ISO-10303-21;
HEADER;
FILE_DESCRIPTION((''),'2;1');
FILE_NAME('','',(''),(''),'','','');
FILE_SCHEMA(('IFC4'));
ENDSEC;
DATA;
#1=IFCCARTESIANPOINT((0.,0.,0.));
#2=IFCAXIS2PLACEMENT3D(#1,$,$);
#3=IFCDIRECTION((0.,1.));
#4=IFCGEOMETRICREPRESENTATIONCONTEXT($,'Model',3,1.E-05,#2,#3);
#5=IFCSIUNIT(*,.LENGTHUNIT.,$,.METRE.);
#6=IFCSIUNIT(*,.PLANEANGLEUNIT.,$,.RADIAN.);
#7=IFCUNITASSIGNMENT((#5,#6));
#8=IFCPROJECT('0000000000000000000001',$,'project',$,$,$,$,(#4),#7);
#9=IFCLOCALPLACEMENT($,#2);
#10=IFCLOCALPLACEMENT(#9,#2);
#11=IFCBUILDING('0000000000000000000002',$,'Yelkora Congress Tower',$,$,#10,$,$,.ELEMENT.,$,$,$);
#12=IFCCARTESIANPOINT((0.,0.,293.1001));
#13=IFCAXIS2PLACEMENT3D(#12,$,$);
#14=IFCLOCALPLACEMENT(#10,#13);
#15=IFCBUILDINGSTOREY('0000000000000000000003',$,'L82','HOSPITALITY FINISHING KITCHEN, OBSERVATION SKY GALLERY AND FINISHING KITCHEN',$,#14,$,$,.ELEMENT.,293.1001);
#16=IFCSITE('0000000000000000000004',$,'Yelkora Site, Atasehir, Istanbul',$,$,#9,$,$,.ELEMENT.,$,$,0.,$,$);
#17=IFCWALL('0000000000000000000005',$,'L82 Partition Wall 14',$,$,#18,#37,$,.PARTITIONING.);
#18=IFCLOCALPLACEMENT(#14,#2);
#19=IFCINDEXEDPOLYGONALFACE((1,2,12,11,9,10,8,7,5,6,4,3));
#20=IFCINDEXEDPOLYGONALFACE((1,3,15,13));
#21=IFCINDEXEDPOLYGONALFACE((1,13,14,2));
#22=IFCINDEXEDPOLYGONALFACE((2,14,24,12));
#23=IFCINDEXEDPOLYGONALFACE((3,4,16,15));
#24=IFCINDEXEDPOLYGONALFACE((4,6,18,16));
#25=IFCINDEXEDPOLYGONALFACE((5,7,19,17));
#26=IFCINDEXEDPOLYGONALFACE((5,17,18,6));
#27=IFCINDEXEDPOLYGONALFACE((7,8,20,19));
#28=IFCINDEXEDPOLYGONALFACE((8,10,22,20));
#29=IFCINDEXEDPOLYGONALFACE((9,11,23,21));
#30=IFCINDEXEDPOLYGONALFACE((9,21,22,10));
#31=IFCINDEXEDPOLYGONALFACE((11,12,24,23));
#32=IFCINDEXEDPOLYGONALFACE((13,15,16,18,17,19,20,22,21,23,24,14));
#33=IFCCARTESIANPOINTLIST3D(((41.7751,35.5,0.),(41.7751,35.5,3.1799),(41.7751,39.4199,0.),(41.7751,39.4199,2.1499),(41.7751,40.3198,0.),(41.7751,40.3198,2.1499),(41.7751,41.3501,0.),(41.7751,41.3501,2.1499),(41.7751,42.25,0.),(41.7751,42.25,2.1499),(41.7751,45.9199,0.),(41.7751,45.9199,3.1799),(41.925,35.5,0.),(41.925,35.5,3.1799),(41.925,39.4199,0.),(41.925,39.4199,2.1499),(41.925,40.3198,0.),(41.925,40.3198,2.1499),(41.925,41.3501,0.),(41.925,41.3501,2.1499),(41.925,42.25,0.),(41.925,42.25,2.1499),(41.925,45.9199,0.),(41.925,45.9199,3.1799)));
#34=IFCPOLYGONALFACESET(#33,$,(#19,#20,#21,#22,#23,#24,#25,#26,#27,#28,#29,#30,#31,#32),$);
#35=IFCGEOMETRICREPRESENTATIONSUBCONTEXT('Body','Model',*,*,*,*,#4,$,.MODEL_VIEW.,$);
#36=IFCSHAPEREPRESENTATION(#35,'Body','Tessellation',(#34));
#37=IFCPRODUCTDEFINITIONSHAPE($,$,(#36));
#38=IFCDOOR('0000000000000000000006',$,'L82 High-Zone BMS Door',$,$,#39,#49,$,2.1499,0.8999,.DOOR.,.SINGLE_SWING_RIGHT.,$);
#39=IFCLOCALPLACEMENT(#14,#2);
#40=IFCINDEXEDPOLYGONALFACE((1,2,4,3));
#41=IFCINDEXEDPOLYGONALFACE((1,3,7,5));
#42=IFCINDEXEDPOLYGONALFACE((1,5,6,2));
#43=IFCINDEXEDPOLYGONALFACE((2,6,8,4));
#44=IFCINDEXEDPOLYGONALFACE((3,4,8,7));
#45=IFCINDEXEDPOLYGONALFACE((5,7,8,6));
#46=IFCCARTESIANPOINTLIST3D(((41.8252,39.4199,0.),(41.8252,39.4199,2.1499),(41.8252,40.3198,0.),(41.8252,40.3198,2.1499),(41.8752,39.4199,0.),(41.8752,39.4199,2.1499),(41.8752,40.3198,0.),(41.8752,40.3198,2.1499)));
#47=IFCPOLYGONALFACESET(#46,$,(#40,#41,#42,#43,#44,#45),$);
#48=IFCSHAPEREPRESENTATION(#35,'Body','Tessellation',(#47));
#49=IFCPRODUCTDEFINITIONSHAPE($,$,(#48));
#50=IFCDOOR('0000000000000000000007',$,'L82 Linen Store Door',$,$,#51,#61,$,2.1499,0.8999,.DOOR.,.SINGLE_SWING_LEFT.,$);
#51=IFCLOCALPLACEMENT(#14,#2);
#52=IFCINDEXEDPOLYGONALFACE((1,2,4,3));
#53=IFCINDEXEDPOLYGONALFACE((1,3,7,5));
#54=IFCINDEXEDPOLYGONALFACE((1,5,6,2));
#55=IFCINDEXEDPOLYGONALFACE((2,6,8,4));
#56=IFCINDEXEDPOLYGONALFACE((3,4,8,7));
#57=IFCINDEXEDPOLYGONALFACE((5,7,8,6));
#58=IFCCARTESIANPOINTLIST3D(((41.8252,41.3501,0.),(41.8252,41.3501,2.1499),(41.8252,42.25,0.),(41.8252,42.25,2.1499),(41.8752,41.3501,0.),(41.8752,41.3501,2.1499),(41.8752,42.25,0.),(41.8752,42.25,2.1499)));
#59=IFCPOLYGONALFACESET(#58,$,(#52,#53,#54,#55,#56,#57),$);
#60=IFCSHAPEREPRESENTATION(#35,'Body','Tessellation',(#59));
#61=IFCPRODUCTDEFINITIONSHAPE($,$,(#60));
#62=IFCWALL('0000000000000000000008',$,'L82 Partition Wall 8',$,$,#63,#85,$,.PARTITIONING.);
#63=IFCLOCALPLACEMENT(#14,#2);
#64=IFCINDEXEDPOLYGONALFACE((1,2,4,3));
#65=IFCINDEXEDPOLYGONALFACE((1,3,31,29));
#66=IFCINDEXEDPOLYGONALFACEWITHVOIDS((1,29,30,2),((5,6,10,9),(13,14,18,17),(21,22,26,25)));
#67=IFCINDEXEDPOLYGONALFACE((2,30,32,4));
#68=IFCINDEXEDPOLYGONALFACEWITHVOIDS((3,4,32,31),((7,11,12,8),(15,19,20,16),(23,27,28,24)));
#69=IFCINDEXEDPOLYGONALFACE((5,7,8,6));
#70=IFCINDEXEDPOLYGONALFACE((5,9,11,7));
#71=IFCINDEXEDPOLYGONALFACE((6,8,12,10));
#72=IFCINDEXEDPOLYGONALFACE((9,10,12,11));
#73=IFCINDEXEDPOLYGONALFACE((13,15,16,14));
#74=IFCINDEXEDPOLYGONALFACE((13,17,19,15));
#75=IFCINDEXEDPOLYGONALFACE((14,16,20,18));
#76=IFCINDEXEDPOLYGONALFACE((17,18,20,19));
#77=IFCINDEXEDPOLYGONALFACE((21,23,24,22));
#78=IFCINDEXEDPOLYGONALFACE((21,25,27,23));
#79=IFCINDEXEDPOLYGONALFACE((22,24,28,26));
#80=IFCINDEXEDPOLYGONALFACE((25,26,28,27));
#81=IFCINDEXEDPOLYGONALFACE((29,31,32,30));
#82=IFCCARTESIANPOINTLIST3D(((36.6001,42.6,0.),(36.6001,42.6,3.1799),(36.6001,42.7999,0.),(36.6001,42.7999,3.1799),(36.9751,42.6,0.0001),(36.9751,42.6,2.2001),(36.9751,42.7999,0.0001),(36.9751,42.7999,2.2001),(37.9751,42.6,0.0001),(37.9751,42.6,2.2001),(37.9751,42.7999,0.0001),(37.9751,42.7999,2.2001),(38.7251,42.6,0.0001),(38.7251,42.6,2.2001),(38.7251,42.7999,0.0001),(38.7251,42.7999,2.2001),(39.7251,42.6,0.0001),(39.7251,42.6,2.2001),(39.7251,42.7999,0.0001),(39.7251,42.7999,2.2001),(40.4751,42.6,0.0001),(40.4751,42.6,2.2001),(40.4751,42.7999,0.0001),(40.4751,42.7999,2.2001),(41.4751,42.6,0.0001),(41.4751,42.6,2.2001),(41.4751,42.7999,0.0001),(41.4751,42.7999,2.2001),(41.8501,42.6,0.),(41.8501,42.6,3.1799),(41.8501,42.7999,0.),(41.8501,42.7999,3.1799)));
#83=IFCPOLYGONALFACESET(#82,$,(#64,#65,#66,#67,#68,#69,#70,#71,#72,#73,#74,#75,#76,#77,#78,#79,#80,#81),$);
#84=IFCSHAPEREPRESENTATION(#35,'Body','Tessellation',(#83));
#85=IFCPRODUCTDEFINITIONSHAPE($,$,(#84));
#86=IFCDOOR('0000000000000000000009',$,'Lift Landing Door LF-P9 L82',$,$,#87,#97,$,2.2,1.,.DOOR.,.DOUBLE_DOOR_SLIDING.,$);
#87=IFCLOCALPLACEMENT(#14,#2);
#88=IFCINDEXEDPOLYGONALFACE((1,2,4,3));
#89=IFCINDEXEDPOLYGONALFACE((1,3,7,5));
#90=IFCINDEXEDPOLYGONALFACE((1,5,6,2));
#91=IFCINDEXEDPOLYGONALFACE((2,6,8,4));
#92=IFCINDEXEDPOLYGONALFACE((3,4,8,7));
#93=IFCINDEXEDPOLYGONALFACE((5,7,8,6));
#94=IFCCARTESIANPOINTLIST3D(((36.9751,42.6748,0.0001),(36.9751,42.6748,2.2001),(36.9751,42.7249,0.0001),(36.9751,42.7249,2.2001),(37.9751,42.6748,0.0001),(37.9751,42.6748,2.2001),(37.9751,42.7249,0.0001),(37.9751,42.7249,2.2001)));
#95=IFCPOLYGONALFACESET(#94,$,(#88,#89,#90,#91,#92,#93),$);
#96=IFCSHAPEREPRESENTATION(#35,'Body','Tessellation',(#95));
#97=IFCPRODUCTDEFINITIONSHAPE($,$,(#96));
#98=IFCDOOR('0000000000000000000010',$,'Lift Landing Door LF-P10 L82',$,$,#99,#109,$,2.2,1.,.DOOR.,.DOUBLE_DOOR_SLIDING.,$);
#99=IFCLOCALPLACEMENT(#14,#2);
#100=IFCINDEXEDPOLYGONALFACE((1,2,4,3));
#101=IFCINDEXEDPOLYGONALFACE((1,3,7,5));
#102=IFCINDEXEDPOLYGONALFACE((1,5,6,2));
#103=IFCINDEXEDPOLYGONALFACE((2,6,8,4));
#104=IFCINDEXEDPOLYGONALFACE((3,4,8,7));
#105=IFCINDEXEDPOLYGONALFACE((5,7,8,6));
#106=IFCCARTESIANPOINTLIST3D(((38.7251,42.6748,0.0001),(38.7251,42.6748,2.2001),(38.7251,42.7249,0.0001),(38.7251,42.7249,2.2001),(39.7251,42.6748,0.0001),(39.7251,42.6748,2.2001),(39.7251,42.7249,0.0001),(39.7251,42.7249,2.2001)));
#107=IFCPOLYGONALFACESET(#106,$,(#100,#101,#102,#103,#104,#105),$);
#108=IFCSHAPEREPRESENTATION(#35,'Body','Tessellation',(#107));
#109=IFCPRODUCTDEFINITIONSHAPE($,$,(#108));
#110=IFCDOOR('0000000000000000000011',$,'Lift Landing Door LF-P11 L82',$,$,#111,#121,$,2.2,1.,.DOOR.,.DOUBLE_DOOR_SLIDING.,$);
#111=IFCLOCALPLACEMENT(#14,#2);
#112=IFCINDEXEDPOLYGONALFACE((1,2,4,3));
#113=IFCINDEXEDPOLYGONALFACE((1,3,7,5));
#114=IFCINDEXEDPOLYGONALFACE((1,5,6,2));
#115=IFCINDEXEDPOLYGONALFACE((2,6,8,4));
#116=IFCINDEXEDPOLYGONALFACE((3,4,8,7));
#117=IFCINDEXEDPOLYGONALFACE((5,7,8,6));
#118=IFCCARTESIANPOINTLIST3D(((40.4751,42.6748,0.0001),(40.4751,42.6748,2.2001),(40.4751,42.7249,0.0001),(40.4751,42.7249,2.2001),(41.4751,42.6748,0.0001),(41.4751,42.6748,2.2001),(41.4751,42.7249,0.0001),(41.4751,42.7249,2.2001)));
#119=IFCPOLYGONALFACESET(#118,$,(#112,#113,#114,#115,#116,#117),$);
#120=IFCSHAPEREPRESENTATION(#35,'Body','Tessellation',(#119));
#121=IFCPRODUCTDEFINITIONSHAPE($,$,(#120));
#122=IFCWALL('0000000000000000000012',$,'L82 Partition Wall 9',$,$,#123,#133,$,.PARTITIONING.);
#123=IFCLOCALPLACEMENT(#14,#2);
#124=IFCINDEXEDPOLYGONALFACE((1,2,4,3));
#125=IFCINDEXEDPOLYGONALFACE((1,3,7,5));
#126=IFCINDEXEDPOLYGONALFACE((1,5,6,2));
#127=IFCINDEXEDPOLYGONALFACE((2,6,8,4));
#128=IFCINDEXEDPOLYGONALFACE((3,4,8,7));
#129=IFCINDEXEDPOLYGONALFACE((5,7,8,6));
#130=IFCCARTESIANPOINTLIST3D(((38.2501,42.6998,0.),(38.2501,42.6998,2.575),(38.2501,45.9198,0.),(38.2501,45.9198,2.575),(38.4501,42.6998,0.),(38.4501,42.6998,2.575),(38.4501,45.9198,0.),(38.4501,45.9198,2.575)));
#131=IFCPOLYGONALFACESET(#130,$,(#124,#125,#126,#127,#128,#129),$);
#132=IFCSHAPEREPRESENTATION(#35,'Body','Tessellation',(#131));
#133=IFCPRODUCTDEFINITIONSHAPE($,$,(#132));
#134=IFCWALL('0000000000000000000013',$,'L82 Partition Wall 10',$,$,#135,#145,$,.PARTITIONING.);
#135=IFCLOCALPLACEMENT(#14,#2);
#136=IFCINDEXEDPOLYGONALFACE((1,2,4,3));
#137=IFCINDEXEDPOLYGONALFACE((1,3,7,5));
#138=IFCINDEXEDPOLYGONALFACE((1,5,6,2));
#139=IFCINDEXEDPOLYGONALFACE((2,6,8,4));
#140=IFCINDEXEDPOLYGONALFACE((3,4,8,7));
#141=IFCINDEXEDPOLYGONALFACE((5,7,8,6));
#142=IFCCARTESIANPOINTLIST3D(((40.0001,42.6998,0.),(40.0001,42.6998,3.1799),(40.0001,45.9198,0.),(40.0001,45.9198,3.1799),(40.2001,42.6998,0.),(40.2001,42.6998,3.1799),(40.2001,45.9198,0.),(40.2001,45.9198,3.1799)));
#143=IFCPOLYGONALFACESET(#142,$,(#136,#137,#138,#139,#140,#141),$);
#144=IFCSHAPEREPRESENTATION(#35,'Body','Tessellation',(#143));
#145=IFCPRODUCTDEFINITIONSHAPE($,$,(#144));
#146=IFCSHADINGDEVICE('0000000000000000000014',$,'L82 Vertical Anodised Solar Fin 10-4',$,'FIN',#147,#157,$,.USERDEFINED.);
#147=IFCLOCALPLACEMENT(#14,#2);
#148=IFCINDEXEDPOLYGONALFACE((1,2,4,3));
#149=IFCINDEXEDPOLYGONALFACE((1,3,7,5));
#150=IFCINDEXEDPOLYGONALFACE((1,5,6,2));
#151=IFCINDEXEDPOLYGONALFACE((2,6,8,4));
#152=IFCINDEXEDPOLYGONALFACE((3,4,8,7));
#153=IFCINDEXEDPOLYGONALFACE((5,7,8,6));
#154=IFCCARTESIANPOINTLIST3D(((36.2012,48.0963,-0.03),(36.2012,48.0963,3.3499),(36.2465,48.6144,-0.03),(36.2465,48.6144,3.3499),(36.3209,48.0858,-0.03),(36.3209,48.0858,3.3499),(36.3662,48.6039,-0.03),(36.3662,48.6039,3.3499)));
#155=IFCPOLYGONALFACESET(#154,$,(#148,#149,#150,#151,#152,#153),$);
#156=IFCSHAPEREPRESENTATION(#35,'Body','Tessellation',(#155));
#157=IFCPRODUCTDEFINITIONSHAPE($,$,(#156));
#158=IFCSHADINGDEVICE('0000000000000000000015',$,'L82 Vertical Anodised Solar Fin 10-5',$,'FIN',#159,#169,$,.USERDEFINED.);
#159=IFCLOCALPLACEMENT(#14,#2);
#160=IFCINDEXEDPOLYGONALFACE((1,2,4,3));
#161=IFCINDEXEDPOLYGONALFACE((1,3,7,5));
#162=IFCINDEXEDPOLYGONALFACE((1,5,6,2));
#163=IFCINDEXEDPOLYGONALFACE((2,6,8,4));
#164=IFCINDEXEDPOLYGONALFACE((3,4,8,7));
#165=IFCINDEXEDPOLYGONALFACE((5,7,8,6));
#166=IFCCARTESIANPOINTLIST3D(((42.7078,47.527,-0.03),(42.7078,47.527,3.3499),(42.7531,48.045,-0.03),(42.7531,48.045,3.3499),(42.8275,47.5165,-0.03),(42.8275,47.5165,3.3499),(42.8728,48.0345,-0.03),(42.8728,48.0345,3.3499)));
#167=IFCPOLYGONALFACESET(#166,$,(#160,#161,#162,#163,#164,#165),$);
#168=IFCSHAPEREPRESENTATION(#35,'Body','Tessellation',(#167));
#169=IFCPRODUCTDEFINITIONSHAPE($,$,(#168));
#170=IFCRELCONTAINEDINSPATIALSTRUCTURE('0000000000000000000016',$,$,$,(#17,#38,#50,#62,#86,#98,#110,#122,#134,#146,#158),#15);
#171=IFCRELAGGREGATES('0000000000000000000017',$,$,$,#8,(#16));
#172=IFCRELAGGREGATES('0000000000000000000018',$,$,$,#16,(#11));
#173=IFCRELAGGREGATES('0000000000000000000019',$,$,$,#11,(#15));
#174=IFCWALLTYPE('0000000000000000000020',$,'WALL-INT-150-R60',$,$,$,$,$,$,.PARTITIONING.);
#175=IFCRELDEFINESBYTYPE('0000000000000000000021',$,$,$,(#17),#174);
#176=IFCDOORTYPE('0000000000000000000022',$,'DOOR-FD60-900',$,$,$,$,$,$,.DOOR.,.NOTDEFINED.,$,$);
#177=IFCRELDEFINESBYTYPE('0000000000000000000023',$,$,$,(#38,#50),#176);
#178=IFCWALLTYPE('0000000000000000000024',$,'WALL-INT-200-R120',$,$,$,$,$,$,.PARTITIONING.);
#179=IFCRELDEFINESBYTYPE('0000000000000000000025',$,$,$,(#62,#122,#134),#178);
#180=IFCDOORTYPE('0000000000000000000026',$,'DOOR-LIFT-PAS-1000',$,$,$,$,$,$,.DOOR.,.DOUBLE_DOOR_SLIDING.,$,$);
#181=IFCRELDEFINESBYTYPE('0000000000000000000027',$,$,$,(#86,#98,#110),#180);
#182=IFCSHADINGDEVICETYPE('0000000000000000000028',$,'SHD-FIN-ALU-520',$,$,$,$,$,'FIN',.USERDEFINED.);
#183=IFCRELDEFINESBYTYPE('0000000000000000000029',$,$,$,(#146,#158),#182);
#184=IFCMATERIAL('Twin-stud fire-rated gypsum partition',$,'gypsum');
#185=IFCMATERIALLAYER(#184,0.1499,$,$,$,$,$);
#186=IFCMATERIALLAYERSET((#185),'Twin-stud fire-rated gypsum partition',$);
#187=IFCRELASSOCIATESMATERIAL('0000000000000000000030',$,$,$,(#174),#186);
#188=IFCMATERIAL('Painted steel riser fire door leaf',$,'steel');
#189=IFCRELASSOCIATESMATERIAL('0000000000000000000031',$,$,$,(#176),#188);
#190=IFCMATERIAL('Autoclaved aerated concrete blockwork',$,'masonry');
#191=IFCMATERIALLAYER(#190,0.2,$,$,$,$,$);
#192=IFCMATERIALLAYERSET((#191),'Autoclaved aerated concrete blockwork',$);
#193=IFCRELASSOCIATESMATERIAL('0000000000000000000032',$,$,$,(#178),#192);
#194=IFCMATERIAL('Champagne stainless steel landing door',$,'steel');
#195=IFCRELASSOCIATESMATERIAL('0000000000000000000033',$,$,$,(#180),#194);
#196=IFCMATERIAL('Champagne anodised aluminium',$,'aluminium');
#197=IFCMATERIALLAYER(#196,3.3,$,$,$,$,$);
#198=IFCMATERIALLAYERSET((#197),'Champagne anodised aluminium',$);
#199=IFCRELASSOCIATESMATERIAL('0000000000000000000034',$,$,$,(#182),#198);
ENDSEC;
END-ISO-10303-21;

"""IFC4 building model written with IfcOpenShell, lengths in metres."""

from ifc_helpers import new_model, si_unit, direction, frame, frame_2d, origin, origin_2d, place, context, subcontext, project, spatial, rectangle, extrude, material, layer, layer_set, type_object, element, fill, save


model = new_model("IFC4")

# Units and contexts
model_context = context("Model", 3, precision=1e-05, world=origin(), true_north=direction((0.0, 1.0)))
body_context = subcontext(model_context, "Body", "Model", "MODEL_VIEW")
ifc_project = project(units=[si_unit("LENGTHUNIT", "METRE"), si_unit("PLANEANGLEUNIT", "RADIAN")], contexts=[model_context])

# Site, building, storey
site_placement = place(None, origin())
site = spatial("IfcSite", under=ifc_project, at=site_placement, Name="Yelkora Site, Atasehir, Istanbul", CompositionType="ELEMENT", RefElevation=0.0)
building_placement = place(site_placement, origin())
building = spatial("IfcBuilding", under=site, at=building_placement, Name="Yelkora Congress Tower", CompositionType="ELEMENT")
storey_placement = place(building_placement, frame((0.0, 0.0, 293.1001)))
storey = spatial("IfcBuildingStorey", under=building, at=storey_placement, Name="L82", Description="HOSPITALITY FINISHING KITCHEN, OBSERVATION SKY GALLERY AND FINISHING KITCHEN", CompositionType="ELEMENT", Elevation=293.1001)

# Shared definitions
ifc_material_1 = material(Name="Twin-stud fire-rated gypsum partition", Category="gypsum")
ifc_layer_1 = layer(ifc_material_1, 0.1499)
ifc_layer_set_1 = layer_set([ifc_layer_1], Name="Twin-stud fire-rated gypsum partition")
wall_type_1 = type_object("IfcWallType", Name="WALL-INT-150-R60", PredefinedType="PARTITIONING", material=ifc_layer_set_1)

# Shared definitions
ifc_material_2 = material(Name="Painted steel riser fire door leaf", Category="steel")
door_type_1 = type_object("IfcDoorType", Name="DOOR-FD60-900", OperationType="NOTDEFINED", PredefinedType="DOOR", material=ifc_material_2)

# Walls, openings, doors
wall_1_placement = place(storey_placement, frame((41.8501, 35.5, 0.0), z_axis=(0.0, 0.0, 1.0), x_axis=(0.0, 1.0, 0.0)))
wall_1 = element("IfcWall", 1, at=wall_1_placement, inside=storey, type_object=wall_type_1, Name="L82 Partition Wall 14", PredefinedType="PARTITIONING", context=body_context, shape_type="SweptSolid", body=[
    extrude(rectangle(XDim=10.4199, YDim=0.1499, at=frame_2d((5.21, 0.0))), origin(), (0.0, 0.0, 1.0), 3.1799),
])
opening_1_placement = place(wall_1_placement, frame((3.9199, 0.0, 0.0)))
opening_1 = element("IfcOpeningElement", 2, at=opening_1_placement, cuts=wall_1, PredefinedType="OPENING", context=body_context, shape_type="SweptSolid", body=[
    extrude(rectangle(XDim=0.8999, YDim=2.1499, at=frame_2d((0.45, 1.075))), frame((0.0, 0.085, 0.0), z_axis=(0.0, -1.0, 0.0), x_axis=(1.0, 0.0, 0.0)), (0.0, 0.0, 1.0), 0.1699),
])
opening_2_placement = place(wall_1_placement, frame((5.8501, 0.0, 0.0)))
opening_2 = element("IfcOpeningElement", 3, at=opening_2_placement, cuts=wall_1, PredefinedType="OPENING", context=body_context, shape_type="SweptSolid", body=[
    extrude(rectangle(XDim=0.8999, YDim=2.1499, at=frame_2d((0.45, 1.075))), frame((0.0, 0.085, 0.0), z_axis=(0.0, -1.0, 0.0), x_axis=(1.0, 0.0, 0.0)), (0.0, 0.0, 1.0), 0.1699),
])
door_1_placement = place(opening_1_placement, origin())
door_1 = element("IfcDoor", 4, at=door_1_placement, inside=storey, type_object=door_type_1, Name="L82 High-Zone BMS Door", OperationType="SINGLE_SWING_RIGHT", OverallHeight=2.1499, OverallWidth=0.8999, PredefinedType="DOOR", context=body_context, shape_type="SweptSolid", body=[
    extrude(rectangle(XDim=0.8999, YDim=2.1499, at=frame_2d((0.45, 1.075))), frame((0.0, 0.0249, 0.0), z_axis=(0.0, -1.0, 0.0), x_axis=(1.0, 0.0, 0.0)), (0.0, 0.0, 1.0), 0.05),
])
fill(opening_1, door_1)
door_2_placement = place(opening_2_placement, origin())
door_2 = element("IfcDoor", 5, at=door_2_placement, inside=storey, type_object=door_type_1, Name="L82 Linen Store Door", OperationType="SINGLE_SWING_LEFT", OverallHeight=2.1499, OverallWidth=0.8999, PredefinedType="DOOR", context=body_context, shape_type="SweptSolid", body=[
    extrude(rectangle(XDim=0.8999, YDim=2.1499, at=frame_2d((0.45, 1.075))), frame((0.0, 0.0249, 0.0), z_axis=(0.0, -1.0, 0.0), x_axis=(1.0, 0.0, 0.0)), (0.0, 0.0, 1.0), 0.05),
])
fill(opening_2, door_2)
ifc_material_3 = material(Name="Autoclaved aerated concrete blockwork", Category="masonry")
ifc_layer_2 = layer(ifc_material_3, 0.2)
ifc_layer_set_2 = layer_set([ifc_layer_2], Name="Autoclaved aerated concrete blockwork")
wall_type_2 = type_object("IfcWallType", Name="WALL-INT-200-R120", PredefinedType="PARTITIONING", material=ifc_layer_set_2)
wall_2_placement = place(storey_placement, frame((36.6001, 42.7, 0.0), z_axis=(0.0, 0.0, 1.0), x_axis=(1.0, 0.0, 0.0)))
wall_2 = element("IfcWall", 6, at=wall_2_placement, inside=storey, type_object=wall_type_2, Name="L82 Partition Wall 8", PredefinedType="PARTITIONING", context=body_context, shape_type="SweptSolid", body=[
    extrude(rectangle(XDim=5.25, YDim=0.2, at=frame_2d((2.625, 0.0))), origin(), (0.0, 0.0, 1.0), 3.1799),
])
opening_3_placement = place(wall_2_placement, frame((0.375, 0.0, 0.0)))
opening_3 = element("IfcOpeningElement", 7, at=opening_3_placement, cuts=wall_2, PredefinedType="OPENING", context=body_context, shape_type="SweptSolid", body=[
    extrude(rectangle(XDim=1.0, YDim=2.2, at=frame_2d((0.5, 1.1001))), frame((0.0, 0.1099, 0.0), z_axis=(0.0, -1.0, 0.0), x_axis=(1.0, 0.0, 0.0)), (0.0, 0.0, 1.0), 0.22),
])
opening_4_placement = place(wall_2_placement, frame((2.125, 0.0, 0.0)))
opening_4 = element("IfcOpeningElement", 8, at=opening_4_placement, cuts=wall_2, PredefinedType="OPENING", context=body_context, shape_type="SweptSolid", body=[
    extrude(rectangle(XDim=1.0, YDim=2.2, at=frame_2d((0.5, 1.1001))), frame((0.0, 0.1099, 0.0), z_axis=(0.0, -1.0, 0.0), x_axis=(1.0, 0.0, 0.0)), (0.0, 0.0, 1.0), 0.22),
])
opening_5_placement = place(wall_2_placement, frame((3.875, 0.0, 0.0)))
opening_5 = element("IfcOpeningElement", 9, at=opening_5_placement, cuts=wall_2, PredefinedType="OPENING", context=body_context, shape_type="SweptSolid", body=[
    extrude(rectangle(XDim=1.0, YDim=2.2, at=frame_2d((0.5, 1.1001))), frame((0.0, 0.1099, 0.0), z_axis=(0.0, -1.0, 0.0), x_axis=(1.0, 0.0, 0.0)), (0.0, 0.0, 1.0), 0.22),
])
ifc_material_4 = material(Name="Champagne stainless steel landing door", Category="steel")
door_type_2 = type_object("IfcDoorType", Name="DOOR-LIFT-PAS-1000", OperationType="DOUBLE_DOOR_SLIDING", PredefinedType="DOOR", material=ifc_material_4)
door_3_placement = place(opening_3_placement, origin())
door_3 = element("IfcDoor", 10, at=door_3_placement, inside=storey, type_object=door_type_2, Name="Lift Landing Door LF-P9 L82", OperationType="DOUBLE_DOOR_SLIDING", OverallHeight=2.2, OverallWidth=1.0, PredefinedType="DOOR", context=body_context, shape_type="SweptSolid", body=[
    extrude(rectangle(XDim=1.0, YDim=2.2, at=frame_2d((0.5, 1.1001))), frame((0.0, 0.0249, 0.0), z_axis=(0.0, -1.0, 0.0), x_axis=(1.0, 0.0, 0.0)), (0.0, 0.0, 1.0), 0.05),
])
fill(opening_3, door_3)
door_4_placement = place(opening_4_placement, origin())
door_4 = element("IfcDoor", 11, at=door_4_placement, inside=storey, type_object=door_type_2, Name="Lift Landing Door LF-P10 L82", OperationType="DOUBLE_DOOR_SLIDING", OverallHeight=2.2, OverallWidth=1.0, PredefinedType="DOOR", context=body_context, shape_type="SweptSolid", body=[
    extrude(rectangle(XDim=1.0, YDim=2.2, at=frame_2d((0.5, 1.1001))), frame((0.0, 0.0249, 0.0), z_axis=(0.0, -1.0, 0.0), x_axis=(1.0, 0.0, 0.0)), (0.0, 0.0, 1.0), 0.05),
])
fill(opening_4, door_4)
door_5_placement = place(opening_5_placement, origin())
door_5 = element("IfcDoor", 12, at=door_5_placement, inside=storey, type_object=door_type_2, Name="Lift Landing Door LF-P11 L82", OperationType="DOUBLE_DOOR_SLIDING", OverallHeight=2.2, OverallWidth=1.0, PredefinedType="DOOR", context=body_context, shape_type="SweptSolid", body=[
    extrude(rectangle(XDim=1.0, YDim=2.2, at=frame_2d((0.5, 1.1001))), frame((0.0, 0.0249, 0.0), z_axis=(0.0, -1.0, 0.0), x_axis=(1.0, 0.0, 0.0)), (0.0, 0.0, 1.0), 0.05),
])
fill(opening_5, door_5)

# Walls
wall_3_placement = place(storey_placement, frame((38.3501, 42.7, 0.0), z_axis=(0.0, 0.0, 1.0), x_axis=(0.0, 1.0, 0.0)))
element("IfcWall", 13, at=wall_3_placement, inside=storey, type_object=wall_type_2, Name="L82 Partition Wall 9", PredefinedType="PARTITIONING", context=body_context, shape_type="SweptSolid", body=[
    extrude(rectangle(XDim=3.22, YDim=0.2, at=frame_2d((1.6099, 0.0))), origin(), (0.0, 0.0, 1.0), 2.575),
])
wall_4_placement = place(storey_placement, frame((40.1001, 42.7, 0.0), z_axis=(0.0, 0.0, 1.0), x_axis=(0.0, 1.0, 0.0)))
element("IfcWall", 14, at=wall_4_placement, inside=storey, type_object=wall_type_2, Name="L82 Partition Wall 10", PredefinedType="PARTITIONING", context=body_context, shape_type="SweptSolid", body=[
    extrude(rectangle(XDim=3.22, YDim=0.2, at=frame_2d((1.6099, 0.0))), origin(), (0.0, 0.0, 1.0), 3.1799),
])

# Shading devices
ifc_material_5 = material(Name="Champagne anodised aluminium", Category="aluminium")
ifc_layer_3 = layer(ifc_material_5, 3.3)
ifc_layer_set_3 = layer_set([ifc_layer_3], Name="Champagne anodised aluminium")
shading_device_type = type_object("IfcShadingDeviceType", Name="SHD-FIN-ALU-520", ElementType="FIN", PredefinedType="USERDEFINED", material=ifc_layer_set_3)
for number, where, z_axis, x_axis, name in (
    (15, (36.2837, 48.3501, -0.03), (0.0, 0.0, 1.0), (0.996195, -0.087156, 0.0), "L82 Vertical Anodised Solar Fin 10-4"),
    (16, (42.7903, 47.7808, -0.03), (0.0, 0.0, 1.0), (0.996195, -0.087156, 0.0), "L82 Vertical Anodised Solar Fin 10-5"),
):
    element("IfcShadingDevice", number, at=place(storey_placement, frame(where, z_axis=z_axis, x_axis=x_axis)), inside=storey, type_object=shading_device_type, Name=name, ObjectType="FIN", PredefinedType="USERDEFINED", context=body_context, shape_type="SweptSolid", body=[
        extrude(rectangle(XDim=0.1201, YDim=0.52, at=origin_2d()), origin(), (0.0, 0.0, 1.0), 3.3799),
    ])

save(model, "model.ifc")
